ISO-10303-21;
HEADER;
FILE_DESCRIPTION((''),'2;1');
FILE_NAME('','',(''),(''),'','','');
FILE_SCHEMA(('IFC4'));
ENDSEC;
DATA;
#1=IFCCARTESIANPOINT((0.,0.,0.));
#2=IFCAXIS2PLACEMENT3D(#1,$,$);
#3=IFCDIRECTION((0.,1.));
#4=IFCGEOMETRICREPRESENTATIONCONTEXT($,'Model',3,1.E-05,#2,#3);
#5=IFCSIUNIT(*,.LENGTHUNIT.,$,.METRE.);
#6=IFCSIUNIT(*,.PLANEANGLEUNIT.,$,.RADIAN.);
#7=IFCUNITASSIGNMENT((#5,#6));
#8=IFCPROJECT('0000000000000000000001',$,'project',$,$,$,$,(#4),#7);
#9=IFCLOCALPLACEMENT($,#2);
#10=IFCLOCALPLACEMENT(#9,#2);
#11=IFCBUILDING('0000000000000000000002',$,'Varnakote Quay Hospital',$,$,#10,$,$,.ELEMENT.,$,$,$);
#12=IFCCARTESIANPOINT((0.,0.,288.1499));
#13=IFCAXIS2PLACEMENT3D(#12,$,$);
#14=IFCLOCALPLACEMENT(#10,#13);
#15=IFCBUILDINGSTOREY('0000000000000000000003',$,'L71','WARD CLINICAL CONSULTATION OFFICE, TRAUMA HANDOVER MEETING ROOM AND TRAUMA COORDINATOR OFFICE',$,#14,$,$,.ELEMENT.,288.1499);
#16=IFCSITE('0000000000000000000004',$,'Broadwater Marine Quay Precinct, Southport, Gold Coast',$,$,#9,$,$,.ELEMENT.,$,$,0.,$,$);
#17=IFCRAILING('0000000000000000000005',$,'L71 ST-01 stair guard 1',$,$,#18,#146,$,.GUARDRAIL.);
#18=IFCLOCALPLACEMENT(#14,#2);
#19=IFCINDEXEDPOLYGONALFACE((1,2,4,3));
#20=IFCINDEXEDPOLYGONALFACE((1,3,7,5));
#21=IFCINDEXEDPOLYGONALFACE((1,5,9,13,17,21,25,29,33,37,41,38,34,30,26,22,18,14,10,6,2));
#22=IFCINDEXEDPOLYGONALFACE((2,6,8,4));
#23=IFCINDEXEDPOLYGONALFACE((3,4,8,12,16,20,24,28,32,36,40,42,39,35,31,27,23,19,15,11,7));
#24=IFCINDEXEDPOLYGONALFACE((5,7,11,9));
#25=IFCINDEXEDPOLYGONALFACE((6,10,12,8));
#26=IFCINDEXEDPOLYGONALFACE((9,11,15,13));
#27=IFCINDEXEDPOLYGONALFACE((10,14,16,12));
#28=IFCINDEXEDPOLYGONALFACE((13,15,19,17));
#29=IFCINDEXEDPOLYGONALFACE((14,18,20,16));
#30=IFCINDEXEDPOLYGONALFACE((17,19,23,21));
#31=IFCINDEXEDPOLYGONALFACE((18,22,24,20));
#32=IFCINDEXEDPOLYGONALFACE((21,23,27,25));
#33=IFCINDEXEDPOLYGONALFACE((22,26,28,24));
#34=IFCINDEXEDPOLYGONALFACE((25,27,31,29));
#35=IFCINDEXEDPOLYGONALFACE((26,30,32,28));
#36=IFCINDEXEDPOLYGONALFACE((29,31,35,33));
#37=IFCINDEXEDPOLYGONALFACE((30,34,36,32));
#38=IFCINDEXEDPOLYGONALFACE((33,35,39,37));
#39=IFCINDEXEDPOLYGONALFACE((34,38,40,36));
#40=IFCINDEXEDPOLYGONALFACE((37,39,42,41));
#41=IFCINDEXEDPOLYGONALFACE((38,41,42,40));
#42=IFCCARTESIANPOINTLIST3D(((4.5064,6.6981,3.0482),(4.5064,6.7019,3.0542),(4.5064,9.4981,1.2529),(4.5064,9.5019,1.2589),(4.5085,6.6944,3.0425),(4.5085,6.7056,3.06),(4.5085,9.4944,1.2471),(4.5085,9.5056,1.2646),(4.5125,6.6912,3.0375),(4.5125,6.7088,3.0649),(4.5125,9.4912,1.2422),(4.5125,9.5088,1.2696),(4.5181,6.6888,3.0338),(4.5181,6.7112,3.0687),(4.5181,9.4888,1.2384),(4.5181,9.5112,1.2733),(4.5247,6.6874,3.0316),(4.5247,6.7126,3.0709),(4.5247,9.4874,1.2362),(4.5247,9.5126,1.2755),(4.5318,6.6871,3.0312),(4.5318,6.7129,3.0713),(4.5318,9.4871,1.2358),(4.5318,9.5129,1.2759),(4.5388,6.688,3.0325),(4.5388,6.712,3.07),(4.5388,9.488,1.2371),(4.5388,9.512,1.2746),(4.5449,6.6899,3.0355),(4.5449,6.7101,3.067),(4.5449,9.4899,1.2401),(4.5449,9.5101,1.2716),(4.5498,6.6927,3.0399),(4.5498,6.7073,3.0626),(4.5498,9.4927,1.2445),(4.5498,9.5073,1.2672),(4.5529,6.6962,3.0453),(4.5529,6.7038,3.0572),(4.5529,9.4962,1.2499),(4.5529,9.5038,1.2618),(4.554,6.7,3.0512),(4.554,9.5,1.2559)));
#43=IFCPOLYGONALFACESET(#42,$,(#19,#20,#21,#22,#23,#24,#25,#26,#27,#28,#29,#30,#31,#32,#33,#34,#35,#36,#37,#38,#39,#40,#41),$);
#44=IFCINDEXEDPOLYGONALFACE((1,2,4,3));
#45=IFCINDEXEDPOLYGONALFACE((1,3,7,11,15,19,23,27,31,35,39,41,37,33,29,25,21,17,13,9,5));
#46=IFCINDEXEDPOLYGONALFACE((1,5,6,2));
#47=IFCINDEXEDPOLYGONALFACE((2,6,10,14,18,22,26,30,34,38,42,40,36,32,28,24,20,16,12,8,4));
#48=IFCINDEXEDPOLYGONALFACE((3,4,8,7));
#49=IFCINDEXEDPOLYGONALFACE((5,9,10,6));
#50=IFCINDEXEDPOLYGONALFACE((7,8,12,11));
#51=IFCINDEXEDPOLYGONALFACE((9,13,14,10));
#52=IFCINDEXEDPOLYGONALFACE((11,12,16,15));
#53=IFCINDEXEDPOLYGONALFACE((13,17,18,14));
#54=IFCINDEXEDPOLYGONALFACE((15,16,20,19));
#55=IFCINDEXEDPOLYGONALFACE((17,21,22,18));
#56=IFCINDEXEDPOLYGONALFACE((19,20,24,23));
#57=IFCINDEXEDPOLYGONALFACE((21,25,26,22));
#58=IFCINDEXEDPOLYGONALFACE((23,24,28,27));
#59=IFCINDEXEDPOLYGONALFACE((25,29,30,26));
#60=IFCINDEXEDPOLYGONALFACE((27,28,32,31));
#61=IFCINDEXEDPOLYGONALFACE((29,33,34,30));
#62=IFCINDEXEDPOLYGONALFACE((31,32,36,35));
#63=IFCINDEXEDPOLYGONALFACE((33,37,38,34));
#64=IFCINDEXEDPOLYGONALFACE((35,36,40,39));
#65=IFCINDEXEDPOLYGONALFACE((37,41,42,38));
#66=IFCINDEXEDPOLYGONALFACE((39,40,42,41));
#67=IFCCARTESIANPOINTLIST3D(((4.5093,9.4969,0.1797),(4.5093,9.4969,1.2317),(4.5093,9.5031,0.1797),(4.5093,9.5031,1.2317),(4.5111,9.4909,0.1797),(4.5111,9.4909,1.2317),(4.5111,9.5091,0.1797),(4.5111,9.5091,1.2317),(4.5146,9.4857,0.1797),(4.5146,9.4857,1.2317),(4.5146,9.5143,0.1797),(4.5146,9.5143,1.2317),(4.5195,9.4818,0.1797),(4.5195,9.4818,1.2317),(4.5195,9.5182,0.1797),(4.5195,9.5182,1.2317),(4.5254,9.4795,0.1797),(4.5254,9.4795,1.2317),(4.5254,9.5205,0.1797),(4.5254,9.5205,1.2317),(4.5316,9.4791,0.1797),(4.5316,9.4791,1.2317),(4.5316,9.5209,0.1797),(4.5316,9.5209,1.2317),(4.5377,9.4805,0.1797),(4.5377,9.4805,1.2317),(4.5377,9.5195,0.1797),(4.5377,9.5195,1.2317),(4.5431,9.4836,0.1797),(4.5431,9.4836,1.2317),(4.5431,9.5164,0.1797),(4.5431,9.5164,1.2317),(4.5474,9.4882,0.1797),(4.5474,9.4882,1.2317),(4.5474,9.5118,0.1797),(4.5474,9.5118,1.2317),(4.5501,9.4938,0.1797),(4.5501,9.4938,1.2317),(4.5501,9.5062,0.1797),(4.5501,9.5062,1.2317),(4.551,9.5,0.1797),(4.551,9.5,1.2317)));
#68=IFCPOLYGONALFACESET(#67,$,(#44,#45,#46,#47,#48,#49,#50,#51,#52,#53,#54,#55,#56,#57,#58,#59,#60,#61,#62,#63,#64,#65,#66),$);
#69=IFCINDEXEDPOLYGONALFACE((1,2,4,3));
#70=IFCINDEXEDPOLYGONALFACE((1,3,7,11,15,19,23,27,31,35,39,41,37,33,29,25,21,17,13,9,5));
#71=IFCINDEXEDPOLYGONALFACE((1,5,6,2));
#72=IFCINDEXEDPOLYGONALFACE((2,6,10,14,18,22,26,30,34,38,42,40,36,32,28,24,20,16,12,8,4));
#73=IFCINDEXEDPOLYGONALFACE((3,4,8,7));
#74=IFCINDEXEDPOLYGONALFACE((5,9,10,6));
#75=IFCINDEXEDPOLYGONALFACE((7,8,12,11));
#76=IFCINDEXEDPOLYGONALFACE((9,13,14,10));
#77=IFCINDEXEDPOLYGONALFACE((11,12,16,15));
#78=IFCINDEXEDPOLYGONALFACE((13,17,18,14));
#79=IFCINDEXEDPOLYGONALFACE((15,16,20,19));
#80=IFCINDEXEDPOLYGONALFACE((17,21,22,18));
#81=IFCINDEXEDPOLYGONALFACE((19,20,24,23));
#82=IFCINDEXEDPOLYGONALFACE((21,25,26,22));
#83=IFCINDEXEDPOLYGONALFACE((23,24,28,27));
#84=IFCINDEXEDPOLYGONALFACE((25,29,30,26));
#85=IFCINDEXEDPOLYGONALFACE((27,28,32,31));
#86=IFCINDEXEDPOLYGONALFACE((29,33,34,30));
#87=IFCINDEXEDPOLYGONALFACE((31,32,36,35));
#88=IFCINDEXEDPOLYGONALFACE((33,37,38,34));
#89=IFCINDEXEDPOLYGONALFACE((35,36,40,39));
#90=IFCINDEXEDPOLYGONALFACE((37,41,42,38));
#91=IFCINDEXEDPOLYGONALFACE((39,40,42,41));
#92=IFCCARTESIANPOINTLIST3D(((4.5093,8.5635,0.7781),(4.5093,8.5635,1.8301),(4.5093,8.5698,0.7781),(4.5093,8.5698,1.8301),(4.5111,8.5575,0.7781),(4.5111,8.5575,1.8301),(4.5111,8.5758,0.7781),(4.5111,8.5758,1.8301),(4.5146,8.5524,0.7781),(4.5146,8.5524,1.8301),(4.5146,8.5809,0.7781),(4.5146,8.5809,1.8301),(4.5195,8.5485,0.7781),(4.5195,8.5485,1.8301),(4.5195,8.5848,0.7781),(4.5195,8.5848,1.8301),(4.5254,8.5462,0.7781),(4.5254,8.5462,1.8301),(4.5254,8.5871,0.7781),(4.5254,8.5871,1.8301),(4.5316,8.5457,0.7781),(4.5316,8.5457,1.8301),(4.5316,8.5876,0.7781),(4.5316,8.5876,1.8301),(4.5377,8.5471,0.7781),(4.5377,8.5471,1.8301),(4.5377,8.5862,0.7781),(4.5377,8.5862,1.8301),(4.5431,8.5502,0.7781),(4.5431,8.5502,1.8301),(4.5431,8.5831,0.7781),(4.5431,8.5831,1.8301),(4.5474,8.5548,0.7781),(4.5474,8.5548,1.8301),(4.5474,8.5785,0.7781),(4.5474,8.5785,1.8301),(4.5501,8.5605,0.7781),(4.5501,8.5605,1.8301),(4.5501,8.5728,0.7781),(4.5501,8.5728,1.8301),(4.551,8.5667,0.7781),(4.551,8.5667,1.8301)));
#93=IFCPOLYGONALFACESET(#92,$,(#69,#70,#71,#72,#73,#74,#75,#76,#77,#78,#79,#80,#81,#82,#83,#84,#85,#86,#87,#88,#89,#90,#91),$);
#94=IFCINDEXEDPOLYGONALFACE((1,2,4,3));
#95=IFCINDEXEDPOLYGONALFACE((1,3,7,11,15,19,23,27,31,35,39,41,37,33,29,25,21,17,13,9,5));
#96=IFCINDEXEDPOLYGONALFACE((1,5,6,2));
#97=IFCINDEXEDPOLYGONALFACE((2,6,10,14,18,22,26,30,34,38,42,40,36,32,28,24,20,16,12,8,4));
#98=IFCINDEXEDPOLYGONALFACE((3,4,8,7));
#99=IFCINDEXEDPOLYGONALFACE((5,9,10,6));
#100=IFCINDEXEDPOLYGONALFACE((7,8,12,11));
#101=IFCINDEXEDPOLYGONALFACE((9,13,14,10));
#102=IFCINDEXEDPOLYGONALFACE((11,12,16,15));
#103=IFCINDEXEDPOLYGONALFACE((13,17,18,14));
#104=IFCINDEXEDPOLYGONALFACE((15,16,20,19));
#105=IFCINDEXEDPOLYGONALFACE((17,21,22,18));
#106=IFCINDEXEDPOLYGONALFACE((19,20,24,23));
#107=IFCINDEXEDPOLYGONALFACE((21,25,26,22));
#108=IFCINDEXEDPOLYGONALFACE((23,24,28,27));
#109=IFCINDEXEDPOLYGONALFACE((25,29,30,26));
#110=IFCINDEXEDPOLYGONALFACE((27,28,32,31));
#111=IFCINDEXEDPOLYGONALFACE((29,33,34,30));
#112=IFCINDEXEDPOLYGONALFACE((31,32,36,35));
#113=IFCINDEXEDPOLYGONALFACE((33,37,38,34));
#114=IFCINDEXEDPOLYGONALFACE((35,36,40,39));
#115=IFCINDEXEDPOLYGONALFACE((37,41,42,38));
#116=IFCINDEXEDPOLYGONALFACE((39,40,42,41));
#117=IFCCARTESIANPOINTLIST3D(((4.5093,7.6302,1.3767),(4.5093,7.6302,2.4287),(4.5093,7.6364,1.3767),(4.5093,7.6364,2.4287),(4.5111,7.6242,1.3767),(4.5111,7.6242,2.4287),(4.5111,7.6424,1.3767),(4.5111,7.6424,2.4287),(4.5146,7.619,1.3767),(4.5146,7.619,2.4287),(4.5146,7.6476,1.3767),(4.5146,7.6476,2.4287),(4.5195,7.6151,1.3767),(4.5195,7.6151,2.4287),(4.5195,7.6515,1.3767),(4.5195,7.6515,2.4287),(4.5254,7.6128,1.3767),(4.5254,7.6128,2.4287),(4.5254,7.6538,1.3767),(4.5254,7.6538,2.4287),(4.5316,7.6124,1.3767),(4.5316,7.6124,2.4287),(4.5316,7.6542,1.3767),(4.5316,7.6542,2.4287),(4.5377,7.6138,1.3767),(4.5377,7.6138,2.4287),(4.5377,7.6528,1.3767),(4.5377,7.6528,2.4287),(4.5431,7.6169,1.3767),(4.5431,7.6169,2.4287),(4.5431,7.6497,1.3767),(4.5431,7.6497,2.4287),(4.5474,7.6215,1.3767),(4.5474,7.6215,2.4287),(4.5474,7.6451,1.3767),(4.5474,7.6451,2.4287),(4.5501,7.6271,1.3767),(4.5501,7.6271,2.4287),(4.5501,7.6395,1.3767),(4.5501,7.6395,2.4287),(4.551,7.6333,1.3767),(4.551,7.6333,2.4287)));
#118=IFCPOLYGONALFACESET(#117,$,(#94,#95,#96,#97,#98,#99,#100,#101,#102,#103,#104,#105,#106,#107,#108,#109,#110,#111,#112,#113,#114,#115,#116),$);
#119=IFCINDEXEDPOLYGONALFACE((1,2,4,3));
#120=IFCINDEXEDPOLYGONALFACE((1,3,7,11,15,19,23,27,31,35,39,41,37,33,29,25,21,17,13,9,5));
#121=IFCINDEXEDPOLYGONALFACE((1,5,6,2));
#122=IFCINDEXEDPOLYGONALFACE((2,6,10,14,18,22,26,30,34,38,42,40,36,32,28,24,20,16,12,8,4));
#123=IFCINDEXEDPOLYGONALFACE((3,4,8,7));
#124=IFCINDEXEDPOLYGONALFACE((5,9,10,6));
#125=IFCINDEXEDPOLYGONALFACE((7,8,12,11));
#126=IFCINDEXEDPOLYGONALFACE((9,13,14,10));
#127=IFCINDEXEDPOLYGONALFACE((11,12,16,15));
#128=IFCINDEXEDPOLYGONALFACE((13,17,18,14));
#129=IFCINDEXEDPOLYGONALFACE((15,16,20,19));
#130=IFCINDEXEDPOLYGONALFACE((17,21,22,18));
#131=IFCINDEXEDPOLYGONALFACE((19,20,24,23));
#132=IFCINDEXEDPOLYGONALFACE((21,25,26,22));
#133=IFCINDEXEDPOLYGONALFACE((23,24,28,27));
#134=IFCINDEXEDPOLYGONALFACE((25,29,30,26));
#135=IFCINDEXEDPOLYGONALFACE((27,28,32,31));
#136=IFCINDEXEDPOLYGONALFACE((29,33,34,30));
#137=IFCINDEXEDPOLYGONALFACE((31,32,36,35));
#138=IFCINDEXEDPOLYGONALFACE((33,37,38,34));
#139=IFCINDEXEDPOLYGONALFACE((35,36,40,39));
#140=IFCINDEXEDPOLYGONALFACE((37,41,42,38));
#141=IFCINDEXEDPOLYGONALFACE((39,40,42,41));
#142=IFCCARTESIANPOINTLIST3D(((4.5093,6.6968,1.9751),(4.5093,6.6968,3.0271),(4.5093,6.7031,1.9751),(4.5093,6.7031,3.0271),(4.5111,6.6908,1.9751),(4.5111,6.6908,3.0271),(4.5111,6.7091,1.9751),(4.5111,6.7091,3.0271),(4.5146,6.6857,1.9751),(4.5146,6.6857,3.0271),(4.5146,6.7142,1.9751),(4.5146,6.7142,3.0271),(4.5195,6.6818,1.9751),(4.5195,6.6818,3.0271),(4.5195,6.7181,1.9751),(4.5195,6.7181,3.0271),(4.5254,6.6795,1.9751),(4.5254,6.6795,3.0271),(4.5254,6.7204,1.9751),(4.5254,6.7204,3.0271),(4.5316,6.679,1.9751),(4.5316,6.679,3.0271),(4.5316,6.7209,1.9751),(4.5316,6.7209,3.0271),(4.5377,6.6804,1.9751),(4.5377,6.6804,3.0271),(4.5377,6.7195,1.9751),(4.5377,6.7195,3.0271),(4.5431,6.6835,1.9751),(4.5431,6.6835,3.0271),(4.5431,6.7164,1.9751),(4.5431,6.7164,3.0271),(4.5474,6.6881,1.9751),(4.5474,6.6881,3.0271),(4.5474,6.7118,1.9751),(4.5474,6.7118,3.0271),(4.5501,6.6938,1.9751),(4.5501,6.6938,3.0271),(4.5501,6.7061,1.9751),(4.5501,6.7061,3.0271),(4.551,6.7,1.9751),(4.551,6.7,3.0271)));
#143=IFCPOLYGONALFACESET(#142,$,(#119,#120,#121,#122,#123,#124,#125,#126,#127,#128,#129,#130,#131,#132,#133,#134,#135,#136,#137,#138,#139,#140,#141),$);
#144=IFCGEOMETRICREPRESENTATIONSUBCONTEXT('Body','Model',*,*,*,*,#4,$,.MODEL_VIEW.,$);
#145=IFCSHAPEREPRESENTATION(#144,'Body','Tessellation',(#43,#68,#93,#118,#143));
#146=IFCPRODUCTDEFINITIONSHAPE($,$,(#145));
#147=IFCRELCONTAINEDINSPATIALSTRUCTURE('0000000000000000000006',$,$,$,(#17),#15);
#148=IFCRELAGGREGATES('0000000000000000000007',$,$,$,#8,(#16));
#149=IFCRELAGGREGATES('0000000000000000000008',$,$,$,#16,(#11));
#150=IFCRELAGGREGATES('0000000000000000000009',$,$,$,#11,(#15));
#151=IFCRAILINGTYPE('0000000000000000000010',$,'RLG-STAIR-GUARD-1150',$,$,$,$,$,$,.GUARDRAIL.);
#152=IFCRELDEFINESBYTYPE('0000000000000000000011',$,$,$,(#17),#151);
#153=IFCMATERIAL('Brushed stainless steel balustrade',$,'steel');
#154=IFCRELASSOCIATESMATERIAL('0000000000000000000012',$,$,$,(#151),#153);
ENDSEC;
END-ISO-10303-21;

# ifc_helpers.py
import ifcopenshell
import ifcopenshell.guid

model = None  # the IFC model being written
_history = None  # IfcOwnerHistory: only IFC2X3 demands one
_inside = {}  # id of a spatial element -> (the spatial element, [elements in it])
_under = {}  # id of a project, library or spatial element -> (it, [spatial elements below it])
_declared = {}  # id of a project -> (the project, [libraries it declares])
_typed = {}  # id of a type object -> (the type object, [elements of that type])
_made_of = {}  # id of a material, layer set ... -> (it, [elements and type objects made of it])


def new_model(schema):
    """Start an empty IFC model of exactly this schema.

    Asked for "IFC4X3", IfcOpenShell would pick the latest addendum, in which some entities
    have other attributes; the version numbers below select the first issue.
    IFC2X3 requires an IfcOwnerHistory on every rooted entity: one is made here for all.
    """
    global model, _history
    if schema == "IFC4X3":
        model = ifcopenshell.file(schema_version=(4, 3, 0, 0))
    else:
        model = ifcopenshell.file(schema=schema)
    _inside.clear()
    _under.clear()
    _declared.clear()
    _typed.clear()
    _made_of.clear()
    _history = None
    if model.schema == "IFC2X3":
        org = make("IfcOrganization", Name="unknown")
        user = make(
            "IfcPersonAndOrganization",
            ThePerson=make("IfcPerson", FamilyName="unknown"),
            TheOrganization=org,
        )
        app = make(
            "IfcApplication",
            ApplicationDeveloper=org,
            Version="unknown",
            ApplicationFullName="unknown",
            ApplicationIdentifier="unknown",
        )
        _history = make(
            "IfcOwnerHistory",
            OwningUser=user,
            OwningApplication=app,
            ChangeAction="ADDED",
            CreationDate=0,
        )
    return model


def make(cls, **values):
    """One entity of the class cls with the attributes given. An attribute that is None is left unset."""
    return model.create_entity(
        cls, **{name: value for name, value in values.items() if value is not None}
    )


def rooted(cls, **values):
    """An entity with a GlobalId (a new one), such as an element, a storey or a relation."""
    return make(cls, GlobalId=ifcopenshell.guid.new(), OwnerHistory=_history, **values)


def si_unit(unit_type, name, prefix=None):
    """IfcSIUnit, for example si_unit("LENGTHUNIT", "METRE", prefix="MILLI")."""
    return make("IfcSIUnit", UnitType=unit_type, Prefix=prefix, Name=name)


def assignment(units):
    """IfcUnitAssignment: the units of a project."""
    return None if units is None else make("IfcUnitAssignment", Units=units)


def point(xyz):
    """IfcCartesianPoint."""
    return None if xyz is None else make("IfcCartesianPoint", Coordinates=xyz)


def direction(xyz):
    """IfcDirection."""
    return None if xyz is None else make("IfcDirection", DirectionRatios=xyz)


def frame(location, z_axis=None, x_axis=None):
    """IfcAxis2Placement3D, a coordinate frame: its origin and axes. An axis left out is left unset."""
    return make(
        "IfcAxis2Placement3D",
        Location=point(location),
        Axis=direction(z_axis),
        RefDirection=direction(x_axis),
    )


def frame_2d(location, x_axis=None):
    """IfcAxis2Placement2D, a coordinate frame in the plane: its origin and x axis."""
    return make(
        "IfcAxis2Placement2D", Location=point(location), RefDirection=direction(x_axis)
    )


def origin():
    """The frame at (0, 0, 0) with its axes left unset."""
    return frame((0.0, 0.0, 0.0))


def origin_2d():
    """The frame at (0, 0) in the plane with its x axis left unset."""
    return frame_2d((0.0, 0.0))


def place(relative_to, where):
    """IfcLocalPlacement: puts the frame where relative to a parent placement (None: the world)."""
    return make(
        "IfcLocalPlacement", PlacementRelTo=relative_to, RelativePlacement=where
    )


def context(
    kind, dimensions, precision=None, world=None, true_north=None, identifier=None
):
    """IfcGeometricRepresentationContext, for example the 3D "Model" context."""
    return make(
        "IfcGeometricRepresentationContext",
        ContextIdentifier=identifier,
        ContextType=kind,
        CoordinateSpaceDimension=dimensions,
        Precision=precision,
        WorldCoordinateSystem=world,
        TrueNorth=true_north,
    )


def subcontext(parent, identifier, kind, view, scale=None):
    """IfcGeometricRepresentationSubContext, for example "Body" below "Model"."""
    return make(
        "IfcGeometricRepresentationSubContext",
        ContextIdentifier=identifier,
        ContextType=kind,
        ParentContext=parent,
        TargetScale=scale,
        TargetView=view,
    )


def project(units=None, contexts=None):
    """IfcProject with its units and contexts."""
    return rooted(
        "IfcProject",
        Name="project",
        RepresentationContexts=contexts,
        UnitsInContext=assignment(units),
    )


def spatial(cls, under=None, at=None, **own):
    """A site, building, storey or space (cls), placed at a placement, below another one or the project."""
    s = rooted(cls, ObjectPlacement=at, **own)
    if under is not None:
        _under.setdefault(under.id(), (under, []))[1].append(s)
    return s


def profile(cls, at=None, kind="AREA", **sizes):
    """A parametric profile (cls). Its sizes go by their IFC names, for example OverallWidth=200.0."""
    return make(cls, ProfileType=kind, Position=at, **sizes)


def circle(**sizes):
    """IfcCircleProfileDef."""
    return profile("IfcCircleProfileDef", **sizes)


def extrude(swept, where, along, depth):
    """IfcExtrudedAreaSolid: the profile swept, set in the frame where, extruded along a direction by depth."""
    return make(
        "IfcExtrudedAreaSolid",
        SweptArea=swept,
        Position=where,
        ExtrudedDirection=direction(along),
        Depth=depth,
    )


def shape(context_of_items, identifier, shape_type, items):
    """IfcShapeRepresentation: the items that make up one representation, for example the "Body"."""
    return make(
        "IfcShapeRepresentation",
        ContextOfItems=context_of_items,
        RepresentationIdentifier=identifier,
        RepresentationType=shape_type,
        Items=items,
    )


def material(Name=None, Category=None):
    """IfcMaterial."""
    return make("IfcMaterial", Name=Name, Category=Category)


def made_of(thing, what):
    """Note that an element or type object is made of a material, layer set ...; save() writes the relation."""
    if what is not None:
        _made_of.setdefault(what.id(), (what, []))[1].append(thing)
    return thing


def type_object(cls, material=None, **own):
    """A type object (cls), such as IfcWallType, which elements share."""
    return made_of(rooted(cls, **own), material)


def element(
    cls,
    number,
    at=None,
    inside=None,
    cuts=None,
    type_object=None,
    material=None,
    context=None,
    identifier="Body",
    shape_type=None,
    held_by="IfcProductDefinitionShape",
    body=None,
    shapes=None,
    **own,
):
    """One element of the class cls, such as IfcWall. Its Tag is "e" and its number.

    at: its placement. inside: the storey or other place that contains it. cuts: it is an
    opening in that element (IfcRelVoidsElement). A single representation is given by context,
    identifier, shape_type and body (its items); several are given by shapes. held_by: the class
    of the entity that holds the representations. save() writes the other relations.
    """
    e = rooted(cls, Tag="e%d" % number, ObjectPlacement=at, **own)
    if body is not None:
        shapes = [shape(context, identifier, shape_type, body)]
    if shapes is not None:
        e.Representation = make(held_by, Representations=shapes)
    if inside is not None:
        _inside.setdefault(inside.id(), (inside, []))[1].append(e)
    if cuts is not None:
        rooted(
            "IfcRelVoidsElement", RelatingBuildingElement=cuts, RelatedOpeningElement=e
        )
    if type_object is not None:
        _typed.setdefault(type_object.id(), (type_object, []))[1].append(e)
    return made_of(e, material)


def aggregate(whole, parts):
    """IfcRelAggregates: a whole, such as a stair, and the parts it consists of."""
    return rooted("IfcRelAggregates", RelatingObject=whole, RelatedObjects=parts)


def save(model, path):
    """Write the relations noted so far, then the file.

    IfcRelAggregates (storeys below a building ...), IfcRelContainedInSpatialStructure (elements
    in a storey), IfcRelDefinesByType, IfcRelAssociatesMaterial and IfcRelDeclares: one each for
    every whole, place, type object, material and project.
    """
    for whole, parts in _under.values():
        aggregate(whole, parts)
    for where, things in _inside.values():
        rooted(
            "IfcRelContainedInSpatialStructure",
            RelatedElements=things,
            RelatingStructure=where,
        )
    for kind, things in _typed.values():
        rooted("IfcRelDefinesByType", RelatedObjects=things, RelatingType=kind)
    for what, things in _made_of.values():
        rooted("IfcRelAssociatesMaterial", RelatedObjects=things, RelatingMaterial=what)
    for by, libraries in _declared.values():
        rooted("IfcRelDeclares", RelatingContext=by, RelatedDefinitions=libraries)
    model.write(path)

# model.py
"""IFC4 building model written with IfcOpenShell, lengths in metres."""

from ifc_helpers import new_model, si_unit, direction, frame, origin, origin_2d, place, context, subcontext, project, spatial, circle, extrude, material, type_object, element, save


model = new_model("IFC4")

# Units and contexts
model_context = context("Model", 3, precision=1e-05, world=origin(), true_north=direction((0.0, 1.0)))
body_context = subcontext(model_context, "Body", "Model", "MODEL_VIEW")
ifc_project = project(units=[si_unit("LENGTHUNIT", "METRE"), si_unit("PLANEANGLEUNIT", "RADIAN")], contexts=[model_context])

# Site, building, storey
site_placement = place(None, origin())
site = spatial("IfcSite", under=ifc_project, at=site_placement, Name="Broadwater Marine Quay Precinct, Southport, Gold Coast", CompositionType="ELEMENT", RefElevation=0.0)
building_placement = place(site_placement, origin())
building = spatial("IfcBuilding", under=site, at=building_placement, Name="Varnakote Quay Hospital", CompositionType="ELEMENT")
storey_placement = place(building_placement, frame((0.0, 0.0, 288.1499)))
storey = spatial("IfcBuildingStorey", under=building, at=storey_placement, Name="L71", Description="WARD CLINICAL CONSULTATION OFFICE, TRAUMA HANDOVER MEETING ROOM AND TRAUMA COORDINATOR OFFICE", CompositionType="ELEMENT", Elevation=288.1499)

# Railing
ifc_material_1 = material(Name="Brushed stainless steel balustrade", Category="steel")
railing_type_1 = type_object("IfcRailingType", Name="RLG-STAIR-GUARD-1150", PredefinedType="GUARDRAIL", material=ifc_material_1)
railing_1_placement = place(storey_placement, frame((4.53, 9.5, 0.1797)))
element("IfcRailing", 1, at=railing_1_placement, inside=storey, type_object=railing_type_1, Name="L71 ST-01 stair guard 1", PredefinedType="GUARDRAIL", context=body_context, shape_type="SweptSolid", body=[
    extrude(circle(Radius=0.0239, at=origin_2d()), frame((0.0, 0.0, 1.0762), z_axis=(0.0, -0.84181, 0.539774), x_axis=(1.0, 0.0, 0.0)), (0.0, 0.0, 1.0), 3.3262),
    extrude(circle(Radius=0.021, at=origin_2d()), origin(), (0.0, 0.0, 1.0), 1.052),
    extrude(circle(Radius=0.021, at=origin_2d()), frame((0.0, -0.9333, 0.5984)), (0.0, 0.0, 1.0), 1.052),
    extrude(circle(Radius=0.021, at=origin_2d()), frame((0.0, -1.8667, 1.197)), (0.0, 0.0, 1.0), 1.052),
    extrude(circle(Radius=0.021, at=origin_2d()), frame((0.0, -2.8, 1.7954)), (0.0, 0.0, 1.0), 1.052),
])

save(model, "model.ifc")
